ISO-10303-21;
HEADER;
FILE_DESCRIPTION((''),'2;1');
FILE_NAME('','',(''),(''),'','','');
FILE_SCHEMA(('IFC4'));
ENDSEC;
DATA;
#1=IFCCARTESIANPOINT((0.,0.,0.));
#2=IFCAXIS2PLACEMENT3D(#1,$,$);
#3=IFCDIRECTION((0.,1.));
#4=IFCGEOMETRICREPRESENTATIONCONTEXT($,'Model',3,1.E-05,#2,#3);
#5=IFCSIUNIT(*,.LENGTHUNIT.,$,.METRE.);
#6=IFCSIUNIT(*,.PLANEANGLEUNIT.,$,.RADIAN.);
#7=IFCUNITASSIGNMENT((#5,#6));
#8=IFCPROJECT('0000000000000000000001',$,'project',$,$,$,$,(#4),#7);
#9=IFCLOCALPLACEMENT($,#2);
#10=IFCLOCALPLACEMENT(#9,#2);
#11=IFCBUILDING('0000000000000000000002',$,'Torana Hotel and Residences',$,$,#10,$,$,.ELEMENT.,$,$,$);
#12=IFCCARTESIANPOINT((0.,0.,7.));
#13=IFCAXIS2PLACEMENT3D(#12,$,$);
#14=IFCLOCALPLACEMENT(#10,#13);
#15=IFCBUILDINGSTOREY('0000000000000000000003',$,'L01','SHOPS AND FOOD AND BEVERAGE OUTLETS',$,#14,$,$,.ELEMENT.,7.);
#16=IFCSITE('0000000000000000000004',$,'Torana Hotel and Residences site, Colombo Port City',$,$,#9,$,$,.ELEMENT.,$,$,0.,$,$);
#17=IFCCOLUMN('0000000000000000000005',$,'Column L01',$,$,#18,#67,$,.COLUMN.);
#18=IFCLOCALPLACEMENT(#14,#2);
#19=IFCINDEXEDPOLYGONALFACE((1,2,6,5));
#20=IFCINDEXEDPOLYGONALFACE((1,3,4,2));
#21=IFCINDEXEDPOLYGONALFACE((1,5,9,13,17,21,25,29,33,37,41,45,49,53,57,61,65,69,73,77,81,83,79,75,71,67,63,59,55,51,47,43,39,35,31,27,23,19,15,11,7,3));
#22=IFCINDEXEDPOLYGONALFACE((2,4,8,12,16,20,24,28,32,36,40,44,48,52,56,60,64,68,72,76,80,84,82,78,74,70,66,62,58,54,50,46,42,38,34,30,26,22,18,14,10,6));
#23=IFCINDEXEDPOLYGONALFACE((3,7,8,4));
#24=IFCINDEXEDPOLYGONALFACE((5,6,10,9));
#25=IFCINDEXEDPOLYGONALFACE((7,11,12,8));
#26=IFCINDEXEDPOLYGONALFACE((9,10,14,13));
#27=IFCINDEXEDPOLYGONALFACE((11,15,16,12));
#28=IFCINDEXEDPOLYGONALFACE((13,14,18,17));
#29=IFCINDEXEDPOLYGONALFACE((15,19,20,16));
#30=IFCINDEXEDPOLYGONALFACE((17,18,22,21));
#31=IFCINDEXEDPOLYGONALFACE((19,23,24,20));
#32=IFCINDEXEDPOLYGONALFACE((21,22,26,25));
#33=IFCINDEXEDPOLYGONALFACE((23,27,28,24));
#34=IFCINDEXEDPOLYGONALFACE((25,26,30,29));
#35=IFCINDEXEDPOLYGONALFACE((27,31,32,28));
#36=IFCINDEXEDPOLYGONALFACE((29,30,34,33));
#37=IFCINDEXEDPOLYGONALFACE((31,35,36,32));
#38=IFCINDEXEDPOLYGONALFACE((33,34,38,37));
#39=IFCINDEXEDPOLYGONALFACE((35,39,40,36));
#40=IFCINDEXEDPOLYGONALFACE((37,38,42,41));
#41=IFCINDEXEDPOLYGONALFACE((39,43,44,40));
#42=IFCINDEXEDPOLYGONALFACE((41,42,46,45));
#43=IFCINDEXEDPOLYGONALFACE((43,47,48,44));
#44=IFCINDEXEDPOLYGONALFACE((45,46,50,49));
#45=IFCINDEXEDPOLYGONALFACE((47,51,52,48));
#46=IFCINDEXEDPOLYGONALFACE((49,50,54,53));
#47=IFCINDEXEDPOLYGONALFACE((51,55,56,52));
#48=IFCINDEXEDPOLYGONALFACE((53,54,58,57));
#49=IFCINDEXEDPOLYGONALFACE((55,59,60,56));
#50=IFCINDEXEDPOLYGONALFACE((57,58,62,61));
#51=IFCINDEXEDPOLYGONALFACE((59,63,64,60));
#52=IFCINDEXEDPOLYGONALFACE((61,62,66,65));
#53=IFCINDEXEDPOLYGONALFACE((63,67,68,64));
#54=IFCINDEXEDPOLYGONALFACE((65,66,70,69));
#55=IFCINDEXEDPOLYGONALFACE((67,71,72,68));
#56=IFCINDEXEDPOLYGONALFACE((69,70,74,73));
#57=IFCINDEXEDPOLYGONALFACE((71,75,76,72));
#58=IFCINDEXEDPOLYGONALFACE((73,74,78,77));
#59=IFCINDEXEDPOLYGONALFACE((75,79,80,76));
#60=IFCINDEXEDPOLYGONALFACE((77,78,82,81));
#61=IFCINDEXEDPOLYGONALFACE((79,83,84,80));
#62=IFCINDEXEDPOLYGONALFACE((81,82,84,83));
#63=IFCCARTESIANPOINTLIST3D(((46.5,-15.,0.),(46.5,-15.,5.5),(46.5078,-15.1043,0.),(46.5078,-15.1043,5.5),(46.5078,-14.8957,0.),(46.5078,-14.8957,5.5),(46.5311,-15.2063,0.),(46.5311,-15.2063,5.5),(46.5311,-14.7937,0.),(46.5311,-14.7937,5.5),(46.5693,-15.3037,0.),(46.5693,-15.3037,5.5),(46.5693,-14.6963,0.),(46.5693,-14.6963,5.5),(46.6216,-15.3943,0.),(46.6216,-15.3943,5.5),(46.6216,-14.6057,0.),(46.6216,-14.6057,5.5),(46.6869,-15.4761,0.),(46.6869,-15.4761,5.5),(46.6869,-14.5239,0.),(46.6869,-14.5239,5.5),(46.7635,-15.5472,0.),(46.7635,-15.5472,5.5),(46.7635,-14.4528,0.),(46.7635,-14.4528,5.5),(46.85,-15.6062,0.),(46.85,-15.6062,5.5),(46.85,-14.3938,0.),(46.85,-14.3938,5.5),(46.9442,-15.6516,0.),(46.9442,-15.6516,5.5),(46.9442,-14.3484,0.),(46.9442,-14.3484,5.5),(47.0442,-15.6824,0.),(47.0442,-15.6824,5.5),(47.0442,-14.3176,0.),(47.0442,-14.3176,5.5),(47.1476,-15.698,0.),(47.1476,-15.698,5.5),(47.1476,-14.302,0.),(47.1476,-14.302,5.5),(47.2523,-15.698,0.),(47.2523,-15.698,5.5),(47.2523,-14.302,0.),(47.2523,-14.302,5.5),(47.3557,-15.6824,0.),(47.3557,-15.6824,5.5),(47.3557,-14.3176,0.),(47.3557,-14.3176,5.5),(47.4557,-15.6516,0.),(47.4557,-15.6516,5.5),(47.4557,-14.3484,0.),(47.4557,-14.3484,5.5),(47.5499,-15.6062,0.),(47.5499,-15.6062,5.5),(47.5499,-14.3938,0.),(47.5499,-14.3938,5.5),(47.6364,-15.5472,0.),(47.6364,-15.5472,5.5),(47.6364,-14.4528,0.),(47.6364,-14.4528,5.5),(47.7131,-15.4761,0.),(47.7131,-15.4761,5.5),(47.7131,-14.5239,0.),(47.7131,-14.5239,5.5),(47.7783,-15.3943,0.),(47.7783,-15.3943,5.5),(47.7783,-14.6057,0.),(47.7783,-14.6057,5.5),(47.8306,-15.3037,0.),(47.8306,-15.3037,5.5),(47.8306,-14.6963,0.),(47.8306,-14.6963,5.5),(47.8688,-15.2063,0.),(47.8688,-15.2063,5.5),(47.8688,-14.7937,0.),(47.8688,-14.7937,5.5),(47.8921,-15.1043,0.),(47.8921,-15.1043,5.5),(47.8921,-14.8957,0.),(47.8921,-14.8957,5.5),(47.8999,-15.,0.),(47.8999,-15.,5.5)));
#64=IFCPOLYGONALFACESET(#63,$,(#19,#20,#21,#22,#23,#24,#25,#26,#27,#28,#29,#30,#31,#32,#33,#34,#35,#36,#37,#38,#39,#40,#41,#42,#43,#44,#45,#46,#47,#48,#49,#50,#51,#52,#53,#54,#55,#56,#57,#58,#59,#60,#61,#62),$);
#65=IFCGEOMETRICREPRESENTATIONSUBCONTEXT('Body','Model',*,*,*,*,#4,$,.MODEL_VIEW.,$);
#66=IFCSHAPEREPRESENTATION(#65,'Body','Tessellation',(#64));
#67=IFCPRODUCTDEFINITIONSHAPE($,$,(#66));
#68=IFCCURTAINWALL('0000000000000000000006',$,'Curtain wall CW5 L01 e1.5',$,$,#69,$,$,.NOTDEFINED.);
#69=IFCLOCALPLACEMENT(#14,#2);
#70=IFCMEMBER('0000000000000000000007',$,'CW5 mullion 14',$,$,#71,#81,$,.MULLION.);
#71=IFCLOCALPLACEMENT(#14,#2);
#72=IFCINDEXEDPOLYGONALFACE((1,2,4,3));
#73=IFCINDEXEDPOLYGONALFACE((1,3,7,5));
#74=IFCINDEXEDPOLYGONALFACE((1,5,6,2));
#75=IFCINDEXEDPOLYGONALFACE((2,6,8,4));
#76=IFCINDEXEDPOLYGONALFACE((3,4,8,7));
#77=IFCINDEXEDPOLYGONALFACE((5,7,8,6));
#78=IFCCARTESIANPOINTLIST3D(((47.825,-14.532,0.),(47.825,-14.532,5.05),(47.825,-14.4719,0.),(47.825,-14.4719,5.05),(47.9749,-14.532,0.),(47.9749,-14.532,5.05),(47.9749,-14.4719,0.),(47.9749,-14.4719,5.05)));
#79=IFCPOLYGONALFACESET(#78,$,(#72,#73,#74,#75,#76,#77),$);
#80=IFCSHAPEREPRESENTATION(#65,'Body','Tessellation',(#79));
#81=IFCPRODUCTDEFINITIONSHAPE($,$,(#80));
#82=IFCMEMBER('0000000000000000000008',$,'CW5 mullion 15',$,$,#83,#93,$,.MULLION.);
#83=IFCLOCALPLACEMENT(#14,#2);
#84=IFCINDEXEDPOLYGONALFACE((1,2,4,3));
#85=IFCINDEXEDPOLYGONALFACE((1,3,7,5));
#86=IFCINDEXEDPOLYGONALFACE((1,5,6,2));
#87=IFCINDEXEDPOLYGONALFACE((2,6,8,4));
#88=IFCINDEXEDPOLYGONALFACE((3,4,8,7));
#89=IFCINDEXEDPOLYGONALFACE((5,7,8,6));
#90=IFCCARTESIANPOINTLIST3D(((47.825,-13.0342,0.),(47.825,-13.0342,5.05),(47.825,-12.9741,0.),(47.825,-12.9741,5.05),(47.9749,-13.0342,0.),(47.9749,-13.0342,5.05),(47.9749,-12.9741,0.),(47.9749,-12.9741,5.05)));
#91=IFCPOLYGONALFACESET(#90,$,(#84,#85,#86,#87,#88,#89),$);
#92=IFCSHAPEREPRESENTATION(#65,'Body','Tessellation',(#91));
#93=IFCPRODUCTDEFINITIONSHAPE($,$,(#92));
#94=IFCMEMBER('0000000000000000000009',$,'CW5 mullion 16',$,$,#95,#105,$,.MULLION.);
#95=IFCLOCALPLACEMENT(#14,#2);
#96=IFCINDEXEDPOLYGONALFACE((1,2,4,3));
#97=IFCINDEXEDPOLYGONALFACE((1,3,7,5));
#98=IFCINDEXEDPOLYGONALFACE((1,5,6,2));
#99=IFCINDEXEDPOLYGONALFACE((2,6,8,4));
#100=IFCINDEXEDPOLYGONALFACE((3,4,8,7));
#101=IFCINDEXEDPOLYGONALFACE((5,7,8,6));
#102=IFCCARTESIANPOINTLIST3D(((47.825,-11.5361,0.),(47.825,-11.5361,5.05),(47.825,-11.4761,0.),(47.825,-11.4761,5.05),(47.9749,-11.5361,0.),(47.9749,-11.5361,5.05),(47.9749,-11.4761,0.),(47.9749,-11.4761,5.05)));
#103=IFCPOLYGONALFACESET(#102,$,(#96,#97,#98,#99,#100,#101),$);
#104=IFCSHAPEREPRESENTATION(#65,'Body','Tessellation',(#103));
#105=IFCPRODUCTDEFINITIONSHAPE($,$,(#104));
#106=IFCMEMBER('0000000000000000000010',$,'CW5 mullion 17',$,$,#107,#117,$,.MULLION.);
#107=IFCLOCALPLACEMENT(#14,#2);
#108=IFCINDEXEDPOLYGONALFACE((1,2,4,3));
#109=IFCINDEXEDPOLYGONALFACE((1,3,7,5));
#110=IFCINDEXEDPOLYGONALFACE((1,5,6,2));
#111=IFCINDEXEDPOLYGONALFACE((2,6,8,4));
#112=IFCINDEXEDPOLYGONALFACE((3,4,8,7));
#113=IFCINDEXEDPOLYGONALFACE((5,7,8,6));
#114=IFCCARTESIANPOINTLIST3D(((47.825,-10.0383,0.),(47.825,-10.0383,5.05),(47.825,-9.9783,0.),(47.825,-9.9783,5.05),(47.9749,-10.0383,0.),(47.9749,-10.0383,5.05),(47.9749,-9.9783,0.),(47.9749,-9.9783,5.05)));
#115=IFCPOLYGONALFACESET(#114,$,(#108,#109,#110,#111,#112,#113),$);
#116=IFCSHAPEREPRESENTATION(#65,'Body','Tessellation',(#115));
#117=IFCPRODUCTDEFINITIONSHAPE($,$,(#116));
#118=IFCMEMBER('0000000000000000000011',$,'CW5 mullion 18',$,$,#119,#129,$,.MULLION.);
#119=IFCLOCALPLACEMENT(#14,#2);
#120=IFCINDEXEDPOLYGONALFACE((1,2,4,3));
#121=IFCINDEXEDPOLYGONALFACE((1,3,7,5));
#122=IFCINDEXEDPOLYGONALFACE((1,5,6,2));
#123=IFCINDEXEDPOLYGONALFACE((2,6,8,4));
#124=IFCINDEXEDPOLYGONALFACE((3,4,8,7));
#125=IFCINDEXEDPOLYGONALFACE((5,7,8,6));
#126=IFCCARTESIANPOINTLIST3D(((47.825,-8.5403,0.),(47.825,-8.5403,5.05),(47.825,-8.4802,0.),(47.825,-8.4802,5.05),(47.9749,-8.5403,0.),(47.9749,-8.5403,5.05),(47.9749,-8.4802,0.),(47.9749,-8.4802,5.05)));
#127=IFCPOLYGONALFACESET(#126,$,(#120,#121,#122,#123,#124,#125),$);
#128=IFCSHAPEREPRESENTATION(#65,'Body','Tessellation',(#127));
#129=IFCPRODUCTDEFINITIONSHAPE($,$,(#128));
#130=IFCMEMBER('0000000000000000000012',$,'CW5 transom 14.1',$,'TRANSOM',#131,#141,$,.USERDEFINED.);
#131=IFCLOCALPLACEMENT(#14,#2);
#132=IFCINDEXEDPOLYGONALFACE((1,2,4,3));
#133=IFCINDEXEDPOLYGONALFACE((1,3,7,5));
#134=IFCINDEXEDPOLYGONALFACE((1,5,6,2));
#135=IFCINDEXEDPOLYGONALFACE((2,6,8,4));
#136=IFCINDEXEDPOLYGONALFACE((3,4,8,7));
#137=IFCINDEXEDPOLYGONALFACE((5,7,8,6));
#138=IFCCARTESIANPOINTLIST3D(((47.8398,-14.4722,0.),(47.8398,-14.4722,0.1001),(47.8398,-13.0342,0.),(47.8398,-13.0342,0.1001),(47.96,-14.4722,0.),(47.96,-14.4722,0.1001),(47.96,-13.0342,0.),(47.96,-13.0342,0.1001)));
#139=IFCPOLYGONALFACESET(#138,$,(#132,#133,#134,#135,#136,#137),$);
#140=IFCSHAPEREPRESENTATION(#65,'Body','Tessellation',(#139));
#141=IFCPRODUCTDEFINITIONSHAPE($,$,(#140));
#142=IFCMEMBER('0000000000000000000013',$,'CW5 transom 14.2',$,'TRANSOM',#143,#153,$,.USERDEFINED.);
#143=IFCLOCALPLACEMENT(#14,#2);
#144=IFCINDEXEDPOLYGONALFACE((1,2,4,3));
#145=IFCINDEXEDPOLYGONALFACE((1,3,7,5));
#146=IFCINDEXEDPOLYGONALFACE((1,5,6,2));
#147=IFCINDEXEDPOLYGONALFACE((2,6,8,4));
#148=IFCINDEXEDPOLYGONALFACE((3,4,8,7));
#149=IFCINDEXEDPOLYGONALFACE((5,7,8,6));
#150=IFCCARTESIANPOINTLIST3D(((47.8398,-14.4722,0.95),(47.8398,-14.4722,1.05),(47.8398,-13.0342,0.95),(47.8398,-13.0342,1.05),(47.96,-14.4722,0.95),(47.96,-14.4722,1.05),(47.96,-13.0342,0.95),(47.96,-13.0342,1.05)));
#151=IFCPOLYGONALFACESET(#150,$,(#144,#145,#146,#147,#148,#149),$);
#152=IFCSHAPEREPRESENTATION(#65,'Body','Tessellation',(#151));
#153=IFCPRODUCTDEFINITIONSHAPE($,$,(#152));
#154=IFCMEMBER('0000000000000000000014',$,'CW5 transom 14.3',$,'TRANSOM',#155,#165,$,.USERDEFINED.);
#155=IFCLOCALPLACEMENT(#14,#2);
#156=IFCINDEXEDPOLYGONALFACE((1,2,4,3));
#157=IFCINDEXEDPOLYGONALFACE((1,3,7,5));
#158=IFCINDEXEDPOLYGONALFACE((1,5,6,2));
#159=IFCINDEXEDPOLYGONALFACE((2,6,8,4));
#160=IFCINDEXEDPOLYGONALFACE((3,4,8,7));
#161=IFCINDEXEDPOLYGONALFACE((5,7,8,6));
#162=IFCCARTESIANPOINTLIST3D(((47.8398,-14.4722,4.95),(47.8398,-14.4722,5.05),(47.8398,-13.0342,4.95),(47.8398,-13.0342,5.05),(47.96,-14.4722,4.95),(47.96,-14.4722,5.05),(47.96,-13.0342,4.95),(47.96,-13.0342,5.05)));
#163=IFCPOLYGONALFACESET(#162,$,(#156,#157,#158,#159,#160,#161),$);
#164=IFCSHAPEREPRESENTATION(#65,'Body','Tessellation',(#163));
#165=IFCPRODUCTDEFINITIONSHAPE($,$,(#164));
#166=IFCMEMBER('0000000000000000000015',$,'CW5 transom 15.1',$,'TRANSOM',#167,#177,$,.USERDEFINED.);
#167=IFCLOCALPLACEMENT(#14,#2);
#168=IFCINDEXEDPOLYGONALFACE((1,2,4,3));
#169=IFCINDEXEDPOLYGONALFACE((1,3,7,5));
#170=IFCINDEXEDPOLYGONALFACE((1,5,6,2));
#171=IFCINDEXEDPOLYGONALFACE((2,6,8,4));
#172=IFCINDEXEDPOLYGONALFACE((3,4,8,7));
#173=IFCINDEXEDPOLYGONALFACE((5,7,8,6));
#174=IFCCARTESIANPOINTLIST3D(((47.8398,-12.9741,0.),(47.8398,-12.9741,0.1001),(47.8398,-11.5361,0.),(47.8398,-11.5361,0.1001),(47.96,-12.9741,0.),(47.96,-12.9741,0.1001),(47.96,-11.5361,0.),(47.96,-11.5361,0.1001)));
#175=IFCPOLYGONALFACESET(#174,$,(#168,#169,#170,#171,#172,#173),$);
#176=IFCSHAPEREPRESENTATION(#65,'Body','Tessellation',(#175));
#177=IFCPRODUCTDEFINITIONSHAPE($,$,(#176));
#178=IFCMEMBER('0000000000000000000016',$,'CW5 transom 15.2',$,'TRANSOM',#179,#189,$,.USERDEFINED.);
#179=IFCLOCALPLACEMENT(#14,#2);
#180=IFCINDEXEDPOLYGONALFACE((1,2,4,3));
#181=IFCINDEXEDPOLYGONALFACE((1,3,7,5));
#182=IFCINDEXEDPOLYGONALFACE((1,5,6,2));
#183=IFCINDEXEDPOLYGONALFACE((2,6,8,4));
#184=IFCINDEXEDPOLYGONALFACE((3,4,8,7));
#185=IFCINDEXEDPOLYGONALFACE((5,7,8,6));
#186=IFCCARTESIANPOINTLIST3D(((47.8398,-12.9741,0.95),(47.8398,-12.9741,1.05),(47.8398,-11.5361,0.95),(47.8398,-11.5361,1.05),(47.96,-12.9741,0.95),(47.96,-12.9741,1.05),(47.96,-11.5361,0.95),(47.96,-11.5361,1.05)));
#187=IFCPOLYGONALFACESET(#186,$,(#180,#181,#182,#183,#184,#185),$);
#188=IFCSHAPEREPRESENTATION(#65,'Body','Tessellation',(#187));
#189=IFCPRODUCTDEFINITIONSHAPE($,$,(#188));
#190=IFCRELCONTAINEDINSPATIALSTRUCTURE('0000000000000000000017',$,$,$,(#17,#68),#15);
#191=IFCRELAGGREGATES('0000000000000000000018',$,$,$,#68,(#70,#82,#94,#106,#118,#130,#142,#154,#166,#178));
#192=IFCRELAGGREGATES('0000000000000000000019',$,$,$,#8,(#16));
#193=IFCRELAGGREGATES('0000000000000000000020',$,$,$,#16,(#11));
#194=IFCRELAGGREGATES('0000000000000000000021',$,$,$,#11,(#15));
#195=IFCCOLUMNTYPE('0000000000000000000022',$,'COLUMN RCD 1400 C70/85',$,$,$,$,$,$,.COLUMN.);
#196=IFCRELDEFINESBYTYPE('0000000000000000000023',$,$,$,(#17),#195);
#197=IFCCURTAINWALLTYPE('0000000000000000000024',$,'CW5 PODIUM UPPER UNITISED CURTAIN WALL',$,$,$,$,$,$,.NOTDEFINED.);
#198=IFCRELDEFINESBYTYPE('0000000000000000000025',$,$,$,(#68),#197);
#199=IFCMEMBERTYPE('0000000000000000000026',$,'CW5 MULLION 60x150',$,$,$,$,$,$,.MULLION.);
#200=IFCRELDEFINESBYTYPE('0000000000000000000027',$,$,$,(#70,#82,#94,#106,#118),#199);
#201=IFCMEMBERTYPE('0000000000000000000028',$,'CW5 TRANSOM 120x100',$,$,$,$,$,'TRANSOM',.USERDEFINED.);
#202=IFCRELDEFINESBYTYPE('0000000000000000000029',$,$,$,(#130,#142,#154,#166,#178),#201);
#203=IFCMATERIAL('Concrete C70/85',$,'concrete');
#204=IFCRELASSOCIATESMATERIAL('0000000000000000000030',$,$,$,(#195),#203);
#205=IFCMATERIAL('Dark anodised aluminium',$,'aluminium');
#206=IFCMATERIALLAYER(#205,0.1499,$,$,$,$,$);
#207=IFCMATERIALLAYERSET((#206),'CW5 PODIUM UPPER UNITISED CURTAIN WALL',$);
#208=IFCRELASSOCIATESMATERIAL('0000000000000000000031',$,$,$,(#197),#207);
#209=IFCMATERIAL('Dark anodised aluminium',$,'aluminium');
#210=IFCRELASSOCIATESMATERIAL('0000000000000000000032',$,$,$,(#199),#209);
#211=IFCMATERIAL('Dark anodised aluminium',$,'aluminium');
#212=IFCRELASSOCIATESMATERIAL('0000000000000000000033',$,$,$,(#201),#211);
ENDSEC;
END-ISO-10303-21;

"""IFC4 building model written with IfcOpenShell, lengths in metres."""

from ifc_helpers import new_model, si_unit, direction, frame, origin, origin_2d, place, context, subcontext, project, spatial, rectangle, circle, extrude, material, layer, layer_set, material_profile, profile_set, type_object, element, aggregate, save


model = new_model("IFC4")

# Units and contexts
model_context = context("Model", 3, precision=1e-05, world=origin(), true_north=direction((0.0, 1.0)))
body_context = subcontext(model_context, "Body", "Model", "MODEL_VIEW")
ifc_project = project(units=[si_unit("LENGTHUNIT", "METRE"), si_unit("PLANEANGLEUNIT", "RADIAN")], contexts=[model_context])

# Site, building, storey
site_placement = place(None, origin())
site = spatial("IfcSite", under=ifc_project, at=site_placement, Name="Torana Hotel and Residences site, Colombo Port City", CompositionType="ELEMENT", RefElevation=0.0)
building_placement = place(site_placement, origin())
building = spatial("IfcBuilding", under=site, at=building_placement, Name="Torana Hotel and Residences", CompositionType="ELEMENT")
storey_placement = place(building_placement, frame((0.0, 0.0, 7.0)))
storey = spatial("IfcBuildingStorey", under=building, at=storey_placement, Name="L01", Description="SHOPS AND FOOD AND BEVERAGE OUTLETS", CompositionType="ELEMENT", Elevation=7.0)

# Column
ifc_material_1 = material(Name="Concrete C70/85", Category="concrete")
ifc_material_profile_1 = material_profile(ifc_material_1, circle(Radius=0.7, at=origin_2d()), Name="RCD 1400")
ifc_profile_set_1 = profile_set([ifc_material_profile_1], Name="Concrete C70/85")
column_type = type_object("IfcColumnType", Name="COLUMN RCD 1400 C70/85", PredefinedType="COLUMN", material=ifc_profile_set_1)
column_placement = place(storey_placement, frame((47.2, -15.0, 0.0), z_axis=(0.0, 0.0, 1.0), x_axis=(1.0, 0.0, 0.0)))
element("IfcColumn", 1, at=column_placement, inside=storey, type_object=column_type, Name="Column L01", PredefinedType="COLUMN", context=body_context, shape_type="SweptSolid", body=[
    extrude(circle(Radius=0.7, at=origin_2d()), origin(), (0.0, 0.0, 1.0), 5.5),
])

# Curtain wall, members
ifc_material_2 = material(Name="Dark anodised aluminium", Category="aluminium")
ifc_layer_1 = layer(ifc_material_2, 0.1499)
ifc_layer_set_1 = layer_set([ifc_layer_1], Name="CW5 PODIUM UPPER UNITISED CURTAIN WALL")
curtain_wall_type = type_object("IfcCurtainWallType", Name="CW5 PODIUM UPPER UNITISED CURTAIN WALL", PredefinedType="NOTDEFINED", material=ifc_layer_set_1)
curtain_wall_placement = place(storey_placement, origin())
curtain_wall = element("IfcCurtainWall", 2, at=curtain_wall_placement, inside=storey, type_object=curtain_wall_type, Name="Curtain wall CW5 L01 e1.5", PredefinedType="NOTDEFINED")
ifc_material_3 = material(Name="Dark anodised aluminium", Category="aluminium")
ifc_material_profile_2 = material_profile(ifc_material_3, rectangle(XDim=0.1499, YDim=0.0601, at=origin_2d()), Name="CW5 MULLION 60x150")
ifc_profile_set_2 = profile_set([ifc_material_profile_2], Name="Dark anodised aluminium")
member_type_1 = type_object("IfcMemberType", Name="CW5 MULLION 60x150", PredefinedType="MULLION", material=ifc_profile_set_2)
member_1_placement = place(storey_placement, frame((47.8999, -14.502, 0.0), z_axis=(0.0, 0.0, 1.0), x_axis=(-1.0, 0.0, 0.0)))
member_1 = element("IfcMember", 3, at=member_1_placement, type_object=member_type_1, Name="CW5 mullion 14", PredefinedType="MULLION", context=body_context, shape_type="SweptSolid", body=[
    extrude(rectangle(XDim=0.1499, YDim=0.0601, at=origin_2d()), origin(), (0.0, 0.0, 1.0), 5.05),
])
member_2_placement = place(storey_placement, frame((47.8999, -13.0042, 0.0), z_axis=(0.0, 0.0, 1.0), x_axis=(-1.0, 0.0, 0.0)))
member_2 = element("IfcMember", 4, at=member_2_placement, type_object=member_type_1, Name="CW5 mullion 15", PredefinedType="MULLION", context=body_context, shape_type="SweptSolid", body=[
    extrude(rectangle(XDim=0.1499, YDim=0.0601, at=origin_2d()), origin(), (0.0, 0.0, 1.0), 5.05),
])
member_3_placement = place(storey_placement, frame((47.8999, -11.5061, 0.0), z_axis=(0.0, 0.0, 1.0), x_axis=(-1.0, 0.0, 0.0)))
member_3 = element("IfcMember", 5, at=member_3_placement, type_object=member_type_1, Name="CW5 mullion 16", PredefinedType="MULLION", context=body_context, shape_type="SweptSolid", body=[
    extrude(rectangle(XDim=0.1499, YDim=0.0601, at=origin_2d()), origin(), (0.0, 0.0, 1.0), 5.05),
])
member_4_placement = place(storey_placement, frame((47.8999, -10.0083, 0.0), z_axis=(0.0, 0.0, 1.0), x_axis=(-1.0, 0.0, 0.0)))
member_4 = element("IfcMember", 6, at=member_4_placement, type_object=member_type_1, Name="CW5 mullion 17", PredefinedType="MULLION", context=body_context, shape_type="SweptSolid", body=[
    extrude(rectangle(XDim=0.1499, YDim=0.0601, at=origin_2d()), origin(), (0.0, 0.0, 1.0), 5.05),
])
member_5_placement = place(storey_placement, frame((47.8999, -8.5103, 0.0), z_axis=(0.0, 0.0, 1.0), x_axis=(-1.0, 0.0, 0.0)))
member_5 = element("IfcMember", 7, at=member_5_placement, type_object=member_type_1, Name="CW5 mullion 18", PredefinedType="MULLION", context=body_context, shape_type="SweptSolid", body=[
    extrude(rectangle(XDim=0.1499, YDim=0.0601, at=origin_2d()), origin(), (0.0, 0.0, 1.0), 5.05),
])
ifc_material_4 = material(Name="Dark anodised aluminium", Category="aluminium")
ifc_material_profile_3 = material_profile(ifc_material_4, rectangle(XDim=0.1201, YDim=0.1001, at=origin_2d()), Name="CW5 TRANSOM 120x100")
ifc_profile_set_3 = profile_set([ifc_material_profile_3], Name="Dark anodised aluminium")
member_type_2 = type_object("IfcMemberType", Name="CW5 TRANSOM 120x100", ElementType="TRANSOM", PredefinedType="USERDEFINED", material=ifc_profile_set_3)
member_6_placement = place(storey_placement, frame((47.8999, -14.4722, 0.05), z_axis=(0.0, 1.0, 0.0), x_axis=(-1.0, 0.0, 0.0)))
member_6 = element("IfcMember", 8, at=member_6_placement, type_object=member_type_2, Name="CW5 transom 14.1", ObjectType="TRANSOM", PredefinedType="USERDEFINED", context=body_context, shape_type="SweptSolid", body=[
    extrude(rectangle(XDim=0.1201, YDim=0.1001, at=origin_2d()), origin(), (0.0, 0.0, 1.0), 1.438),
])
member_7_placement = place(storey_placement, frame((47.8999, -14.4722, 1.0), z_axis=(0.0, 1.0, 0.0), x_axis=(-1.0, 0.0, 0.0)))
member_7 = element("IfcMember", 9, at=member_7_placement, type_object=member_type_2, Name="CW5 transom 14.2", ObjectType="TRANSOM", PredefinedType="USERDEFINED", context=body_context, shape_type="SweptSolid", body=[
    extrude(rectangle(XDim=0.1201, YDim=0.1001, at=origin_2d()), origin(), (0.0, 0.0, 1.0), 1.438),
])
member_8_placement = place(storey_placement, frame((47.8999, -14.4722, 5.0), z_axis=(0.0, 1.0, 0.0), x_axis=(-1.0, 0.0, 0.0)))
member_8 = element("IfcMember", 10, at=member_8_placement, type_object=member_type_2, Name="CW5 transom 14.3", ObjectType="TRANSOM", PredefinedType="USERDEFINED", context=body_context, shape_type="SweptSolid", body=[
    extrude(rectangle(XDim=0.1201, YDim=0.1001, at=origin_2d()), origin(), (0.0, 0.0, 1.0), 1.438),
])
member_9_placement = place(storey_placement, frame((47.8999, -12.9741, 0.05), z_axis=(0.0, 1.0, 0.0), x_axis=(-1.0, 0.0, 0.0)))
member_9 = element("IfcMember", 11, at=member_9_placement, type_object=member_type_2, Name="CW5 transom 15.1", ObjectType="TRANSOM", PredefinedType="USERDEFINED", context=body_context, shape_type="SweptSolid", body=[
    extrude(rectangle(XDim=0.1201, YDim=0.1001, at=origin_2d()), origin(), (0.0, 0.0, 1.0), 1.438),
])
member_10_placement = place(storey_placement, frame((47.8999, -12.9741, 1.0), z_axis=(0.0, 1.0, 0.0), x_axis=(-1.0, 0.0, 0.0)))
member_10 = element("IfcMember", 12, at=member_10_placement, type_object=member_type_2, Name="CW5 transom 15.2", ObjectType="TRANSOM", PredefinedType="USERDEFINED", context=body_context, shape_type="SweptSolid", body=[
    extrude(rectangle(XDim=0.1201, YDim=0.1001, at=origin_2d()), origin(), (0.0, 0.0, 1.0), 1.438),
])
aggregate(curtain_wall, [member_1, member_2, member_3, member_4, member_5, member_6, member_7, member_8, member_9, member_10])

save(model, "model.ifc")
